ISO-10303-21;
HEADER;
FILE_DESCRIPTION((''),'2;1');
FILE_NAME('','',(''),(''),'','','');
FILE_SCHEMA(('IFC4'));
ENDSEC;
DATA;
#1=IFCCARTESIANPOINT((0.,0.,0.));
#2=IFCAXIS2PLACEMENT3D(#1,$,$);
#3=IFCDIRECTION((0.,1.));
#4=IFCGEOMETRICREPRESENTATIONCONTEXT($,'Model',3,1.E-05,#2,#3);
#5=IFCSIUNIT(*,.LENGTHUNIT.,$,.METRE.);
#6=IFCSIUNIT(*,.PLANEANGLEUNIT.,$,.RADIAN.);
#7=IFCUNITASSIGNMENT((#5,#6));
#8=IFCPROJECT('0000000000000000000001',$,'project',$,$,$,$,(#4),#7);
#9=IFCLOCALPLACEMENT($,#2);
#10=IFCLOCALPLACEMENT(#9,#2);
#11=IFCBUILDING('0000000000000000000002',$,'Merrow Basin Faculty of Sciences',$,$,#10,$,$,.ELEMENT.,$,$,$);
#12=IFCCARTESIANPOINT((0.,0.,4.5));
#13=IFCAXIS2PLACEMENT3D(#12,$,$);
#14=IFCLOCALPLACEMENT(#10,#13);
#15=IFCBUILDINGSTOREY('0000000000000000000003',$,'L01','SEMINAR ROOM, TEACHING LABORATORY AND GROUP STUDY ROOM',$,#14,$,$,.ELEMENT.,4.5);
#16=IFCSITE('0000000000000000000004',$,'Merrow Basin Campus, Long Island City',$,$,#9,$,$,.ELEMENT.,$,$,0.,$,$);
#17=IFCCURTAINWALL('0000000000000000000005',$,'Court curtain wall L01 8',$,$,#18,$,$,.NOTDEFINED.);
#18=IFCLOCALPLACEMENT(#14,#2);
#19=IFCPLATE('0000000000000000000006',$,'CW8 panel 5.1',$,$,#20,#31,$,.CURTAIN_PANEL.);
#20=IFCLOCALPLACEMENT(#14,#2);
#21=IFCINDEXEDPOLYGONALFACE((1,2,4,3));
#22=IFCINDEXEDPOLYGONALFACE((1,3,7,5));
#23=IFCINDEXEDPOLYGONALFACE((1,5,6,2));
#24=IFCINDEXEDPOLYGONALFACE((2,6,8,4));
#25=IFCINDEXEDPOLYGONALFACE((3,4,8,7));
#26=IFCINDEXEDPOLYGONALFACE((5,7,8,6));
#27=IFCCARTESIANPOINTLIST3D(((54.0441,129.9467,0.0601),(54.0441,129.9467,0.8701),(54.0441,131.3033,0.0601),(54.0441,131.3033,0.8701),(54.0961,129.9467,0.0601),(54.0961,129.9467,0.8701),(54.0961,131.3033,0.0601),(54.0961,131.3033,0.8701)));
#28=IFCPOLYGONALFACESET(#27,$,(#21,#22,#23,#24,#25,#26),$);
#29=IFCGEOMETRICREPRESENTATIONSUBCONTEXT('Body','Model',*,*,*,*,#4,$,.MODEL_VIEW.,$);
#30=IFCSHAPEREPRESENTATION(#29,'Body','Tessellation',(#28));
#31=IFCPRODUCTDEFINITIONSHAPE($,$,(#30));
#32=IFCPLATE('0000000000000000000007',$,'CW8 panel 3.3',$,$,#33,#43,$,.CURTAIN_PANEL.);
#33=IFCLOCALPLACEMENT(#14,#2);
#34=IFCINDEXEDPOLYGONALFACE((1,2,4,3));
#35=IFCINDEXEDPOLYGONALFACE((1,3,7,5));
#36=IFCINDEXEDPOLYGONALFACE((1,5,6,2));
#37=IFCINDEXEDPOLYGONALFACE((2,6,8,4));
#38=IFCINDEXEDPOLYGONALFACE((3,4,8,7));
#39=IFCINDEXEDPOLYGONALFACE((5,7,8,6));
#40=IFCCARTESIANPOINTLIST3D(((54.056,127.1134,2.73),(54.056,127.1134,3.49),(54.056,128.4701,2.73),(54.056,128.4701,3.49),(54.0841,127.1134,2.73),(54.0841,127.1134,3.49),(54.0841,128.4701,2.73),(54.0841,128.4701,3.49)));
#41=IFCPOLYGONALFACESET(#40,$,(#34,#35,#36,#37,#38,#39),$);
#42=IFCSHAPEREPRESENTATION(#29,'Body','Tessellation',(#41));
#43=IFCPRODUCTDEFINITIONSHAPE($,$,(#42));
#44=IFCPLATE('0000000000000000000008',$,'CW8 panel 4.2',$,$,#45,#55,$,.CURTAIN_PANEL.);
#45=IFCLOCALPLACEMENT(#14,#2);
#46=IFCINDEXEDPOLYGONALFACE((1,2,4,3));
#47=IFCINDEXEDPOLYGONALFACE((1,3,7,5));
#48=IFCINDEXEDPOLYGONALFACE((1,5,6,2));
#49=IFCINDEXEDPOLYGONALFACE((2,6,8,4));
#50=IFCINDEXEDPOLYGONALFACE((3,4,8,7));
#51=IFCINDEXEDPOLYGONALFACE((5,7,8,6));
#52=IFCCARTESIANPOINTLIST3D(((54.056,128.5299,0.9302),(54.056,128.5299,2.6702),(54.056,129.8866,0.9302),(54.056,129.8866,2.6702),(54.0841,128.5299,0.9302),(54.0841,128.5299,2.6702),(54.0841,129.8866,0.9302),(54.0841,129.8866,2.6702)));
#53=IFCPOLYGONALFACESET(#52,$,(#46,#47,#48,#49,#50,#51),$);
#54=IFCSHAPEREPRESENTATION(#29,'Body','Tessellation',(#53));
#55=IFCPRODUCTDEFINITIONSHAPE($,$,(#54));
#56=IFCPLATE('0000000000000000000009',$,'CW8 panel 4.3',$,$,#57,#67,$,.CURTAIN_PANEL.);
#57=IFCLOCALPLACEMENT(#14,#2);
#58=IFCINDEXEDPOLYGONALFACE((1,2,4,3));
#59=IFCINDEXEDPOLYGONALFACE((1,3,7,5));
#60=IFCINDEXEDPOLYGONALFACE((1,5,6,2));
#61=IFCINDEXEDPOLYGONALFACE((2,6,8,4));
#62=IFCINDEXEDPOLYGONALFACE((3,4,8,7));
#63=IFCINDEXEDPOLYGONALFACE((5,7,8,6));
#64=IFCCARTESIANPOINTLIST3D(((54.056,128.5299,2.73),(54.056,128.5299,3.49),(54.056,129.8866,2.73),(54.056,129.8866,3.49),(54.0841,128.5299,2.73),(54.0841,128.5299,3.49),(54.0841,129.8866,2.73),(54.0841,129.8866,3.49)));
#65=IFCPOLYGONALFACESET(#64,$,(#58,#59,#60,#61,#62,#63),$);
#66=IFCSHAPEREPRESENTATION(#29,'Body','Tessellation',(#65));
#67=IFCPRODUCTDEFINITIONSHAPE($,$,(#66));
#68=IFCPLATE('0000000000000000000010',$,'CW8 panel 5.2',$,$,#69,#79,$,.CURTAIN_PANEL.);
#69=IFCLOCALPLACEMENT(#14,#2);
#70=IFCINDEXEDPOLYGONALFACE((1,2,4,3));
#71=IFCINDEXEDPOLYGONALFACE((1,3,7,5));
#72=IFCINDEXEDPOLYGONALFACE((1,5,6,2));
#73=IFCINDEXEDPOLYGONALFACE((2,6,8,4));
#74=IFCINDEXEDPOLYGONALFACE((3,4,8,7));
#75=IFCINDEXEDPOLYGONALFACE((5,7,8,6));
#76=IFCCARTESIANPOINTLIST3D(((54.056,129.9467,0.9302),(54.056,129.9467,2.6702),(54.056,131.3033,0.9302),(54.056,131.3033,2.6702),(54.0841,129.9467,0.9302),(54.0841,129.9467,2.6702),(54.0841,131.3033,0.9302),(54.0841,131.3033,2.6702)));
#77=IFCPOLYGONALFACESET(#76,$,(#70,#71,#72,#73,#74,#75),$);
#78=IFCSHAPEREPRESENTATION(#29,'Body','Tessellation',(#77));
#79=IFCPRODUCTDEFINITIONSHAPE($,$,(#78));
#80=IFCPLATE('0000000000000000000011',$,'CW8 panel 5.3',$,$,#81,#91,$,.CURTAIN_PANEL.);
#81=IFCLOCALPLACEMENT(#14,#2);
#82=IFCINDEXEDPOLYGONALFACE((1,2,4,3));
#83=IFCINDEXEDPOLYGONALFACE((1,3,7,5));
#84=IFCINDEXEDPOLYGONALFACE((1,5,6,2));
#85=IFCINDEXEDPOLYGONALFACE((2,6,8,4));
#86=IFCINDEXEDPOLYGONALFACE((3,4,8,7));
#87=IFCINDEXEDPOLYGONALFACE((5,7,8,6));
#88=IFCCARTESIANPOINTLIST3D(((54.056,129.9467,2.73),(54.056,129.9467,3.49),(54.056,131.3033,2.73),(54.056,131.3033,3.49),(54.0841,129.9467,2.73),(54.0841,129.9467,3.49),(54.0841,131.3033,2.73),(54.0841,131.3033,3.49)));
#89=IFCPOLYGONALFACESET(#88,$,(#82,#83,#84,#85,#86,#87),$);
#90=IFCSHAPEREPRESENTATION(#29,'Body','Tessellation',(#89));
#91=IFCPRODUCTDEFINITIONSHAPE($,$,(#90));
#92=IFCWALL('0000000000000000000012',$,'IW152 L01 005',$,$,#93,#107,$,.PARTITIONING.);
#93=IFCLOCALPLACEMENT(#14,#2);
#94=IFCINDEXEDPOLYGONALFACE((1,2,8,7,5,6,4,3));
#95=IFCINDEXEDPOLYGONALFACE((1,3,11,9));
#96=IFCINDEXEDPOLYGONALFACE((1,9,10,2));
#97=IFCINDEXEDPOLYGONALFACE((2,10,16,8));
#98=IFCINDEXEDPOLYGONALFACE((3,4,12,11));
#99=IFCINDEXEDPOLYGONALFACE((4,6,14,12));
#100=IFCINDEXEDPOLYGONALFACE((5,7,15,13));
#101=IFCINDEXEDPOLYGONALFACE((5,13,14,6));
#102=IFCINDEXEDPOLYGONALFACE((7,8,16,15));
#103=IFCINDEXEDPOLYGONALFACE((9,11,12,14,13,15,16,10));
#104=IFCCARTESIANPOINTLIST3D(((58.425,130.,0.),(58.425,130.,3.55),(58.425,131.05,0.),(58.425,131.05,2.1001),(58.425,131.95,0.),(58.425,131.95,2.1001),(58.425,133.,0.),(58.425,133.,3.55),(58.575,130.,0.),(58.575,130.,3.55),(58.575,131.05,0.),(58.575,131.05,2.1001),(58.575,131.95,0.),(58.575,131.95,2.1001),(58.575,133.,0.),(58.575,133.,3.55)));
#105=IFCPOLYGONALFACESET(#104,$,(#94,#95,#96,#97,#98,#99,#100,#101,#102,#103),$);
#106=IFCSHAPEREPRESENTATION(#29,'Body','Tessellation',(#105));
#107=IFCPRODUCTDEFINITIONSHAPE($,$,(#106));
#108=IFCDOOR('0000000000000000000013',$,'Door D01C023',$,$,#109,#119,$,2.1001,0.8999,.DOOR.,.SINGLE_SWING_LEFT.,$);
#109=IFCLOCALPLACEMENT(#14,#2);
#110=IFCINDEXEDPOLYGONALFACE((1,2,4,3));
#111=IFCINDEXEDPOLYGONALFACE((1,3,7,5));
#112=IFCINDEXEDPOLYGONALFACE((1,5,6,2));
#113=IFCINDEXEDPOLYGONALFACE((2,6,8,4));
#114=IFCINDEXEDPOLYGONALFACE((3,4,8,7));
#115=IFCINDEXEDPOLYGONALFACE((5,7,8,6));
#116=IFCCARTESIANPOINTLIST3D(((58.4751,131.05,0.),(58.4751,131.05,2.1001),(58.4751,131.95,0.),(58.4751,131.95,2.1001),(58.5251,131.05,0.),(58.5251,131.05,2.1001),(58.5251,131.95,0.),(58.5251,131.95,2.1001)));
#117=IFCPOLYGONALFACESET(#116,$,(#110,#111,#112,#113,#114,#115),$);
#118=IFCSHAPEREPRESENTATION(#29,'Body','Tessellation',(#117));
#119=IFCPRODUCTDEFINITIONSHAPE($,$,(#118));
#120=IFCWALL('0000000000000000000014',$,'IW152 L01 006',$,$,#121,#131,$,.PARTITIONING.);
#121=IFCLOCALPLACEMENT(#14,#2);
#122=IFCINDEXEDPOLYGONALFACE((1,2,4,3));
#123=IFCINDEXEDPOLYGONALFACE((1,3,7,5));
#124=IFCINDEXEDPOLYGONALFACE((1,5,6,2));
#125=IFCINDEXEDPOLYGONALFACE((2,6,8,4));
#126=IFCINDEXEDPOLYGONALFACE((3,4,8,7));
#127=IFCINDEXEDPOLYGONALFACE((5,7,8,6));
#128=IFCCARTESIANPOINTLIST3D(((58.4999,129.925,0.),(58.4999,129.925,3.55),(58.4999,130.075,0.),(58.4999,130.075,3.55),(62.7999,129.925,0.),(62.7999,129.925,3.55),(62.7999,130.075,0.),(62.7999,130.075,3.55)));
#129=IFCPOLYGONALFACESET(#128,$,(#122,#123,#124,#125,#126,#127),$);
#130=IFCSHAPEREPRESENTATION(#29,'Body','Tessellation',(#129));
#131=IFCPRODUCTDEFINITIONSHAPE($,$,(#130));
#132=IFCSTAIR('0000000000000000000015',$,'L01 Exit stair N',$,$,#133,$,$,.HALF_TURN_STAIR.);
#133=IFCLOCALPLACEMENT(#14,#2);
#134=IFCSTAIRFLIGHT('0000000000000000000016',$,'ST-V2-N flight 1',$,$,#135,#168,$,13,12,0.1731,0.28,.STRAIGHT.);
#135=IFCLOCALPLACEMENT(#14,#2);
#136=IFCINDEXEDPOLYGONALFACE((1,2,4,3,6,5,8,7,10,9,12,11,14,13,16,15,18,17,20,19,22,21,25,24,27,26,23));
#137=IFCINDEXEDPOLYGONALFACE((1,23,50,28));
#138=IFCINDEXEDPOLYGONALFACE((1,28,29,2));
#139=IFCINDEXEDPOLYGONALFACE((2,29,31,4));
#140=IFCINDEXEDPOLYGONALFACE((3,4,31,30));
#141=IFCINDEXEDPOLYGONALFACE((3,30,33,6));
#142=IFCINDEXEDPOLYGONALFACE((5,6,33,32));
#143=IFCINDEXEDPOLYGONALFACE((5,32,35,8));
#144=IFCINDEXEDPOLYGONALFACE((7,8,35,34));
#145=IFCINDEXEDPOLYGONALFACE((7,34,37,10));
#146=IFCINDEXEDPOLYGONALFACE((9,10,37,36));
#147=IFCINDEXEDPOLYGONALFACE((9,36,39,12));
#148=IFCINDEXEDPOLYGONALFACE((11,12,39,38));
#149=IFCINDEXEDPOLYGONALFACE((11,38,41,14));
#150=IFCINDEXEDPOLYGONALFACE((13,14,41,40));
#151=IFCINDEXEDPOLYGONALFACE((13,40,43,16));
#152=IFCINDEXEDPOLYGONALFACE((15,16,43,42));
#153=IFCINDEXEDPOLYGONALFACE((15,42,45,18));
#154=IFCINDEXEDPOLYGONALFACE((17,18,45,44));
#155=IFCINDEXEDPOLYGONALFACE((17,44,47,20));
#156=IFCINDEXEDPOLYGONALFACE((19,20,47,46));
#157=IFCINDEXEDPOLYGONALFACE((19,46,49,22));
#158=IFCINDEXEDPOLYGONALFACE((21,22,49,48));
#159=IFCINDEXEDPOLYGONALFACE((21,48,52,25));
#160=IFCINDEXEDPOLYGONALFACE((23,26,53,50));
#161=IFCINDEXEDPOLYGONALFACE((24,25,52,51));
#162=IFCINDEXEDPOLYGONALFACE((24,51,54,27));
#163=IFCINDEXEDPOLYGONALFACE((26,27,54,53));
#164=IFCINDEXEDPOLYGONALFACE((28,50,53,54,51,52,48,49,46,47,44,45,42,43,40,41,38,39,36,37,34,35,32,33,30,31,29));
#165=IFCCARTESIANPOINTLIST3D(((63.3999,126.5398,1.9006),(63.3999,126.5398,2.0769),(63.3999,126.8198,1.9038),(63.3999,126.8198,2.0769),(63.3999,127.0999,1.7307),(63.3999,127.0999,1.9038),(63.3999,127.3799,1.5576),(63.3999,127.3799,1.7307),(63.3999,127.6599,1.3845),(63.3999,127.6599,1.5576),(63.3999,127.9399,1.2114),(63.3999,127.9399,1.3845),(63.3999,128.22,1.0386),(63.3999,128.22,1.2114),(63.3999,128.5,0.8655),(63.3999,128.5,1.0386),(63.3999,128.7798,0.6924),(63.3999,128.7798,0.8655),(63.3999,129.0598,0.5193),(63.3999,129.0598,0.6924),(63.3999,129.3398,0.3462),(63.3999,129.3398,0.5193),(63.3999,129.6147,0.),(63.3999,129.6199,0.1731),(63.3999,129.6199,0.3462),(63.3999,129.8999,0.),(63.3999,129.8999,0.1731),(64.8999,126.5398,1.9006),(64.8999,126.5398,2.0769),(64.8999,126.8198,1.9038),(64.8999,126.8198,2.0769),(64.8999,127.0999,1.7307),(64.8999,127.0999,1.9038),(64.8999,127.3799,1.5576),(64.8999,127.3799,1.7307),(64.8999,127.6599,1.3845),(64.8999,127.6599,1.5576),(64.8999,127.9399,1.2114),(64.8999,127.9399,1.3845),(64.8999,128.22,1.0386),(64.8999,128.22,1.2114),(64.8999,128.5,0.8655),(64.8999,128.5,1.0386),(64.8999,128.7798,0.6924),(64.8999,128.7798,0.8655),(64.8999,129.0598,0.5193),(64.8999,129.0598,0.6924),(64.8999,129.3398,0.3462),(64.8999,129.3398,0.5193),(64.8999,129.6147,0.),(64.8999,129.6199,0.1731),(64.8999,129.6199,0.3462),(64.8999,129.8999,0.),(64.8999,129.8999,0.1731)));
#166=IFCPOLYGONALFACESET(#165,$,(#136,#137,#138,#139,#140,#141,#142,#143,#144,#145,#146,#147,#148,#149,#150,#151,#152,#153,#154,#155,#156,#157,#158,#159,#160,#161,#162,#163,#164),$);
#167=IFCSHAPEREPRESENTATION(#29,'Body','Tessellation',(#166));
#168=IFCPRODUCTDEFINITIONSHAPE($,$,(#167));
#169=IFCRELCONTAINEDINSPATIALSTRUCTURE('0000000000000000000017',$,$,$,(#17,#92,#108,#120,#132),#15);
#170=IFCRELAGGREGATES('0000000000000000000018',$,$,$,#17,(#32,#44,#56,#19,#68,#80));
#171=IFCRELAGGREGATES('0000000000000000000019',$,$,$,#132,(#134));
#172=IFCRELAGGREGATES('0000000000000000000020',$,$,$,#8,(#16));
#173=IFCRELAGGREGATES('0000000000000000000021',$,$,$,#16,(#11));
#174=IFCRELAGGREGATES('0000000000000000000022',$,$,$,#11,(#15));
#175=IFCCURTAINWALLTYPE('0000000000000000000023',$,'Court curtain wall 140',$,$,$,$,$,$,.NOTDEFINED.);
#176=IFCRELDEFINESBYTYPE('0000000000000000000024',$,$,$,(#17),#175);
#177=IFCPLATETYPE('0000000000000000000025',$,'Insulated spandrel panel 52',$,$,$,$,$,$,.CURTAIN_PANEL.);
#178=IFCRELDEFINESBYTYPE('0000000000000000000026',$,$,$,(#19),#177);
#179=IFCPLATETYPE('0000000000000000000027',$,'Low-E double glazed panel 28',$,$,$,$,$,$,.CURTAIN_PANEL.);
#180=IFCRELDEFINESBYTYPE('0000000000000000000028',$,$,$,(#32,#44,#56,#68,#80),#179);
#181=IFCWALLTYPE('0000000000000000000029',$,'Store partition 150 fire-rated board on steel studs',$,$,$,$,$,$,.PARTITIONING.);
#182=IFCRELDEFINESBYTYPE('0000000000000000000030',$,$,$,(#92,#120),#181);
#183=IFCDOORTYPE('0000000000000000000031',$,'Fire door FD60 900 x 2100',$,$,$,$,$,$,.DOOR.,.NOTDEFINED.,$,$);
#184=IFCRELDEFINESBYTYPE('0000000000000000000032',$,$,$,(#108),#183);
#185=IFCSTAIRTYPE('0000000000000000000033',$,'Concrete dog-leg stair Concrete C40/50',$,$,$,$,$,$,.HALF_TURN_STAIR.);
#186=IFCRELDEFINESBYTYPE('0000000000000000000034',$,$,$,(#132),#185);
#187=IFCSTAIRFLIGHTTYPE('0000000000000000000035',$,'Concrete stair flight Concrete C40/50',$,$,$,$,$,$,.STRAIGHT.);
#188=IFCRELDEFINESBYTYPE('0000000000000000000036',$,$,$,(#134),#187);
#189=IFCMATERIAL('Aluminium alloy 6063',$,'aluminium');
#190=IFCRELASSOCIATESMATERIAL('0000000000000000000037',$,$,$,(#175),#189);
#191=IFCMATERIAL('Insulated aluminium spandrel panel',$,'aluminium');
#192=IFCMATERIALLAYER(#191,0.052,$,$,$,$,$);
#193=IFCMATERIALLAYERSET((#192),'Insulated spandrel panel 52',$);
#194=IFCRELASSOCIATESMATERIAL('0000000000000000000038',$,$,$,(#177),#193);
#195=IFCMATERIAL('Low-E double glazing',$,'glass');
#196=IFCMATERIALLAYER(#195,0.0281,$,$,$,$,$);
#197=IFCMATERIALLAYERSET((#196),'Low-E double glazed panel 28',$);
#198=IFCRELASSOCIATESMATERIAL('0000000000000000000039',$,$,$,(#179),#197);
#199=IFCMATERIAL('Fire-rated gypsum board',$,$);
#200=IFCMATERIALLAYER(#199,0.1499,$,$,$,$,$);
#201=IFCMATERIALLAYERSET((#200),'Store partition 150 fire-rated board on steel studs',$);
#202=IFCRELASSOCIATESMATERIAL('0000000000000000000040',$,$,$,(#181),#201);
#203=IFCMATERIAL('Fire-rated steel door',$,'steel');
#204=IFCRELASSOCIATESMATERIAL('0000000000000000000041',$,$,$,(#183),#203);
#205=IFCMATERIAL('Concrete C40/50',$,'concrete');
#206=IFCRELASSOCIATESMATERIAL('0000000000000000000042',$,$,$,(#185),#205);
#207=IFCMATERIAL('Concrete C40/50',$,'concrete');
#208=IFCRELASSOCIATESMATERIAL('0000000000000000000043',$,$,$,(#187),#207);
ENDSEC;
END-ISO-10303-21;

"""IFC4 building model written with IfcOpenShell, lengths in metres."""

from ifc_helpers import new_model, si_unit, direction, frame, frame_2d, origin, origin_2d, place, context, subcontext, project, spatial, polyline, rectangle, outline, extrude, material, layer, layer_set, type_object, element, fill, aggregate, save


model = new_model("IFC4")

# Units and contexts
model_context = context("Model", 3, precision=1e-05, world=origin(), true_north=direction((0.0, 1.0)))
body_context = subcontext(model_context, "Body", "Model", "MODEL_VIEW")
ifc_project = project(units=[si_unit("LENGTHUNIT", "METRE"), si_unit("PLANEANGLEUNIT", "RADIAN")], contexts=[model_context])

# Site, building, storey
site_placement = place(None, origin())
site = spatial("IfcSite", under=ifc_project, at=site_placement, Name="Merrow Basin Campus, Long Island City", CompositionType="ELEMENT", RefElevation=0.0)
building_placement = place(site_placement, origin())
building = spatial("IfcBuilding", under=site, at=building_placement, Name="Merrow Basin Faculty of Sciences", CompositionType="ELEMENT")
storey_placement = place(building_placement, frame((0.0, 0.0, 4.5)))
storey = spatial("IfcBuildingStorey", under=building, at=storey_placement, Name="L01", Description="SEMINAR ROOM, TEACHING LABORATORY AND GROUP STUDY ROOM", CompositionType="ELEMENT", Elevation=4.5)

# Curtain wall
ifc_material_1 = material(Name="Aluminium alloy 6063", Category="aluminium")
curtain_wall_type = type_object("IfcCurtainWallType", Name="Court curtain wall 140", PredefinedType="NOTDEFINED", material=ifc_material_1)
curtain_wall_placement = place(storey_placement, origin())
curtain_wall = element("IfcCurtainWall", 1, at=curtain_wall_placement, inside=storey, type_object=curtain_wall_type, Name="Court curtain wall L01 8", PredefinedType="NOTDEFINED")

# Plates
ifc_material_2 = material(Name="Insulated aluminium spandrel panel", Category="aluminium")
ifc_layer_1 = layer(ifc_material_2, 0.052)
ifc_layer_set_1 = layer_set([ifc_layer_1], Name="Insulated spandrel panel 52")
plate_type_1 = type_object("IfcPlateType", Name="Insulated spandrel panel 52", PredefinedType="CURTAIN_PANEL", material=ifc_layer_set_1)
plate_1_placement = place(storey_placement, frame((54.0701, 130.625, 0.0601), z_axis=(0.0, 0.0, 1.0), x_axis=(0.0, 1.0, 0.0)))
plate_1 = element("IfcPlate", 2, at=plate_1_placement, type_object=plate_type_1, Name="CW8 panel 5.1", PredefinedType="CURTAIN_PANEL", context=body_context, shape_type="SweptSolid", body=[
    extrude(rectangle(XDim=1.3567, YDim=0.052, at=origin_2d()), origin(), (0.0, 0.0, 1.0), 0.8101),
])
ifc_material_3 = material(Name="Low-E double glazing", Category="glass")
ifc_layer_2 = layer(ifc_material_3, 0.0281)
ifc_layer_set_2 = layer_set([ifc_layer_2], Name="Low-E double glazed panel 28")
plate_type_2 = type_object("IfcPlateType", Name="Low-E double glazed panel 28", PredefinedType="CURTAIN_PANEL", material=ifc_layer_set_2)
plate_2_placement = place(storey_placement, frame((54.0701, 127.7917, 2.73), z_axis=(0.0, 0.0, 1.0), x_axis=(0.0, 1.0, 0.0)))
plate_2 = element("IfcPlate", 3, at=plate_2_placement, type_object=plate_type_2, Name="CW8 panel 3.3", PredefinedType="CURTAIN_PANEL", context=body_context, shape_type="SweptSolid", body=[
    extrude(rectangle(XDim=1.3567, YDim=0.0281, at=origin_2d()), origin(), (0.0, 0.0, 1.0), 0.76),
])
plate_3_placement = place(storey_placement, frame((54.0701, 129.2083, 0.9302), z_axis=(0.0, 0.0, 1.0), x_axis=(0.0, 1.0, 0.0)))
plate_3 = element("IfcPlate", 4, at=plate_3_placement, type_object=plate_type_2, Name="CW8 panel 4.2", PredefinedType="CURTAIN_PANEL", context=body_context, shape_type="SweptSolid", body=[
    extrude(rectangle(XDim=1.3567, YDim=0.0281, at=origin_2d()), origin(), (0.0, 0.0, 1.0), 1.74),
])
plate_4_placement = place(storey_placement, frame((54.0701, 129.2083, 2.73), z_axis=(0.0, 0.0, 1.0), x_axis=(0.0, 1.0, 0.0)))
plate_4 = element("IfcPlate", 5, at=plate_4_placement, type_object=plate_type_2, Name="CW8 panel 4.3", PredefinedType="CURTAIN_PANEL", context=body_context, shape_type="SweptSolid", body=[
    extrude(rectangle(XDim=1.3567, YDim=0.0281, at=origin_2d()), origin(), (0.0, 0.0, 1.0), 0.76),
])
plate_5_placement = place(storey_placement, frame((54.0701, 130.625, 0.9302), z_axis=(0.0, 0.0, 1.0), x_axis=(0.0, 1.0, 0.0)))
plate_5 = element("IfcPlate", 6, at=plate_5_placement, type_object=plate_type_2, Name="CW8 panel 5.2", PredefinedType="CURTAIN_PANEL", context=body_context, shape_type="SweptSolid", body=[
    extrude(rectangle(XDim=1.3567, YDim=0.0281, at=origin_2d()), origin(), (0.0, 0.0, 1.0), 1.74),
])
plate_6_placement = place(storey_placement, frame((54.0701, 130.625, 2.73), z_axis=(0.0, 0.0, 1.0), x_axis=(0.0, 1.0, 0.0)))
plate_6 = element("IfcPlate", 7, at=plate_6_placement, type_object=plate_type_2, Name="CW8 panel 5.3", PredefinedType="CURTAIN_PANEL", context=body_context, shape_type="SweptSolid", body=[
    extrude(rectangle(XDim=1.3567, YDim=0.0281, at=origin_2d()), origin(), (0.0, 0.0, 1.0), 0.76),
])
aggregate(curtain_wall, [plate_2, plate_3, plate_4, plate_1, plate_5, plate_6])

# Wall, opening, door
ifc_material_4 = material(Name="Fire-rated gypsum board")
ifc_layer_3 = layer(ifc_material_4, 0.1499)
ifc_layer_set_3 = layer_set([ifc_layer_3], Name="Store partition 150 fire-rated board on steel studs")
wall_type = type_object("IfcWallType", Name="Store partition 150 fire-rated board on steel studs", PredefinedType="PARTITIONING", material=ifc_layer_set_3)
wall_1_placement = place(storey_placement, frame((58.5, 130.0, 0.0), z_axis=(0.0, 0.0, 1.0), x_axis=(0.0, 1.0, 0.0)))
wall_1 = element("IfcWall", 8, at=wall_1_placement, inside=storey, type_object=wall_type, Name="IW152 L01 005", PredefinedType="PARTITIONING", context=body_context, shape_type="SweptSolid", body=[
    extrude(rectangle(XDim=3.0, YDim=0.1499, at=frame_2d((1.5, 0.0))), origin(), (0.0, 0.0, 1.0), 3.55),
])
opening_placement = place(wall_1_placement, frame((1.05, 0.0, 0.0)))
opening = element("IfcOpeningElement", 9, at=opening_placement, cuts=wall_1, PredefinedType="OPENING", context=body_context, shape_type="SweptSolid", body=[
    extrude(rectangle(XDim=0.8999, YDim=2.1001, at=frame_2d((0.45, 1.05))), frame((0.0, 0.085, 0.0), z_axis=(0.0, -1.0, 0.0), x_axis=(1.0, 0.0, 0.0)), (0.0, 0.0, 1.0), 0.1699),
])
ifc_material_5 = material(Name="Fire-rated steel door", Category="steel")
door_type = type_object("IfcDoorType", Name="Fire door FD60 900 x 2100", OperationType="NOTDEFINED", PredefinedType="DOOR", material=ifc_material_5)
door_placement = place(opening_placement, origin())
door = element("IfcDoor", 10, at=door_placement, inside=storey, type_object=door_type, Name="Door D01C023", OperationType="SINGLE_SWING_LEFT", OverallHeight=2.1001, OverallWidth=0.8999, PredefinedType="DOOR", context=body_context, shape_type="SweptSolid", body=[
    extrude(rectangle(XDim=0.8999, YDim=2.1001, at=frame_2d((0.45, 1.05))), frame((0.0, 0.0249, 0.0), z_axis=(0.0, -1.0, 0.0), x_axis=(1.0, 0.0, 0.0)), (0.0, 0.0, 1.0), 0.05),
])
fill(opening, door)

# Wall
wall_2_placement = place(storey_placement, frame((58.5, 130.0, 0.0), z_axis=(0.0, 0.0, 1.0), x_axis=(1.0, 0.0, 0.0)))
element("IfcWall", 11, at=wall_2_placement, inside=storey, type_object=wall_type, Name="IW152 L01 006", PredefinedType="PARTITIONING", context=body_context, shape_type="SweptSolid", body=[
    extrude(rectangle(XDim=4.3, YDim=0.1499, at=frame_2d((2.1499, 0.0))), origin(), (0.0, 0.0, 1.0), 3.55),
])

# Stair, stair flight
ifc_material_6 = material(Name="Concrete C40/50", Category="concrete")
stair_type = type_object("IfcStairType", Name="Concrete dog-leg stair Concrete C40/50", PredefinedType="HALF_TURN_STAIR", material=ifc_material_6)
stair_placement = place(storey_placement, origin())
stair = element("IfcStair", 12, at=stair_placement, inside=storey, type_object=stair_type, Name="L01 Exit stair N", PredefinedType="HALF_TURN_STAIR")
ifc_material_7 = material(Name="Concrete C40/50", Category="concrete")
stair_flight_type = type_object("IfcStairFlightType", Name="Concrete stair flight Concrete C40/50", PredefinedType="STRAIGHT", material=ifc_material_7)
stair_flight_placement = place(storey_placement, frame((64.1499, 129.8999, 0.0), z_axis=(0.0, 0.0, 1.0), x_axis=(0.0, -1.0, 0.0)))
stair_flight = element("IfcStairFlight", 13, at=stair_flight_placement, type_object=stair_flight_type, Name="ST-V2-N flight 1", NumberOfRisers=13, NumberOfTreads=12, PredefinedType="STRAIGHT", RiserHeight=0.1731, TreadLength=0.28, context=body_context, shape_type="SweptSolid", body=[
    extrude(outline(polyline([(0.0, 0.0), (0.0, 0.1731), (0.28, 0.1731), (0.28, 0.3462), (0.5601, 0.3462), (0.5601, 0.5193), (0.8401, 0.5193), (0.8401, 0.6924), (1.1201, 0.6924), (1.1201, 0.8655), (1.3999, 0.8655), (1.3999, 1.0386), (1.6799, 1.0386), (1.6799, 1.2114), (1.96, 1.2114), (1.96, 1.3845), (2.24, 1.3845), (2.24, 1.5576), (2.52, 1.5576), (2.52, 1.7307), (2.8, 1.7307), (2.8, 1.9038), (3.0801, 1.9038), (3.0801, 2.0769), (3.3601, 2.0769), (3.3601, 2.25), (3.3601, 1.9006), (0.2852, 0.0), (0.0, 0.0)])), frame((0.0, 0.75, 0.0), z_axis=(0.0, -1.0, 0.0), x_axis=(1.0, 0.0, 0.0)), (0.0, 0.0, 1.0), 1.5),
])
aggregate(stair, [stair_flight])

save(model, "model.ifc")
